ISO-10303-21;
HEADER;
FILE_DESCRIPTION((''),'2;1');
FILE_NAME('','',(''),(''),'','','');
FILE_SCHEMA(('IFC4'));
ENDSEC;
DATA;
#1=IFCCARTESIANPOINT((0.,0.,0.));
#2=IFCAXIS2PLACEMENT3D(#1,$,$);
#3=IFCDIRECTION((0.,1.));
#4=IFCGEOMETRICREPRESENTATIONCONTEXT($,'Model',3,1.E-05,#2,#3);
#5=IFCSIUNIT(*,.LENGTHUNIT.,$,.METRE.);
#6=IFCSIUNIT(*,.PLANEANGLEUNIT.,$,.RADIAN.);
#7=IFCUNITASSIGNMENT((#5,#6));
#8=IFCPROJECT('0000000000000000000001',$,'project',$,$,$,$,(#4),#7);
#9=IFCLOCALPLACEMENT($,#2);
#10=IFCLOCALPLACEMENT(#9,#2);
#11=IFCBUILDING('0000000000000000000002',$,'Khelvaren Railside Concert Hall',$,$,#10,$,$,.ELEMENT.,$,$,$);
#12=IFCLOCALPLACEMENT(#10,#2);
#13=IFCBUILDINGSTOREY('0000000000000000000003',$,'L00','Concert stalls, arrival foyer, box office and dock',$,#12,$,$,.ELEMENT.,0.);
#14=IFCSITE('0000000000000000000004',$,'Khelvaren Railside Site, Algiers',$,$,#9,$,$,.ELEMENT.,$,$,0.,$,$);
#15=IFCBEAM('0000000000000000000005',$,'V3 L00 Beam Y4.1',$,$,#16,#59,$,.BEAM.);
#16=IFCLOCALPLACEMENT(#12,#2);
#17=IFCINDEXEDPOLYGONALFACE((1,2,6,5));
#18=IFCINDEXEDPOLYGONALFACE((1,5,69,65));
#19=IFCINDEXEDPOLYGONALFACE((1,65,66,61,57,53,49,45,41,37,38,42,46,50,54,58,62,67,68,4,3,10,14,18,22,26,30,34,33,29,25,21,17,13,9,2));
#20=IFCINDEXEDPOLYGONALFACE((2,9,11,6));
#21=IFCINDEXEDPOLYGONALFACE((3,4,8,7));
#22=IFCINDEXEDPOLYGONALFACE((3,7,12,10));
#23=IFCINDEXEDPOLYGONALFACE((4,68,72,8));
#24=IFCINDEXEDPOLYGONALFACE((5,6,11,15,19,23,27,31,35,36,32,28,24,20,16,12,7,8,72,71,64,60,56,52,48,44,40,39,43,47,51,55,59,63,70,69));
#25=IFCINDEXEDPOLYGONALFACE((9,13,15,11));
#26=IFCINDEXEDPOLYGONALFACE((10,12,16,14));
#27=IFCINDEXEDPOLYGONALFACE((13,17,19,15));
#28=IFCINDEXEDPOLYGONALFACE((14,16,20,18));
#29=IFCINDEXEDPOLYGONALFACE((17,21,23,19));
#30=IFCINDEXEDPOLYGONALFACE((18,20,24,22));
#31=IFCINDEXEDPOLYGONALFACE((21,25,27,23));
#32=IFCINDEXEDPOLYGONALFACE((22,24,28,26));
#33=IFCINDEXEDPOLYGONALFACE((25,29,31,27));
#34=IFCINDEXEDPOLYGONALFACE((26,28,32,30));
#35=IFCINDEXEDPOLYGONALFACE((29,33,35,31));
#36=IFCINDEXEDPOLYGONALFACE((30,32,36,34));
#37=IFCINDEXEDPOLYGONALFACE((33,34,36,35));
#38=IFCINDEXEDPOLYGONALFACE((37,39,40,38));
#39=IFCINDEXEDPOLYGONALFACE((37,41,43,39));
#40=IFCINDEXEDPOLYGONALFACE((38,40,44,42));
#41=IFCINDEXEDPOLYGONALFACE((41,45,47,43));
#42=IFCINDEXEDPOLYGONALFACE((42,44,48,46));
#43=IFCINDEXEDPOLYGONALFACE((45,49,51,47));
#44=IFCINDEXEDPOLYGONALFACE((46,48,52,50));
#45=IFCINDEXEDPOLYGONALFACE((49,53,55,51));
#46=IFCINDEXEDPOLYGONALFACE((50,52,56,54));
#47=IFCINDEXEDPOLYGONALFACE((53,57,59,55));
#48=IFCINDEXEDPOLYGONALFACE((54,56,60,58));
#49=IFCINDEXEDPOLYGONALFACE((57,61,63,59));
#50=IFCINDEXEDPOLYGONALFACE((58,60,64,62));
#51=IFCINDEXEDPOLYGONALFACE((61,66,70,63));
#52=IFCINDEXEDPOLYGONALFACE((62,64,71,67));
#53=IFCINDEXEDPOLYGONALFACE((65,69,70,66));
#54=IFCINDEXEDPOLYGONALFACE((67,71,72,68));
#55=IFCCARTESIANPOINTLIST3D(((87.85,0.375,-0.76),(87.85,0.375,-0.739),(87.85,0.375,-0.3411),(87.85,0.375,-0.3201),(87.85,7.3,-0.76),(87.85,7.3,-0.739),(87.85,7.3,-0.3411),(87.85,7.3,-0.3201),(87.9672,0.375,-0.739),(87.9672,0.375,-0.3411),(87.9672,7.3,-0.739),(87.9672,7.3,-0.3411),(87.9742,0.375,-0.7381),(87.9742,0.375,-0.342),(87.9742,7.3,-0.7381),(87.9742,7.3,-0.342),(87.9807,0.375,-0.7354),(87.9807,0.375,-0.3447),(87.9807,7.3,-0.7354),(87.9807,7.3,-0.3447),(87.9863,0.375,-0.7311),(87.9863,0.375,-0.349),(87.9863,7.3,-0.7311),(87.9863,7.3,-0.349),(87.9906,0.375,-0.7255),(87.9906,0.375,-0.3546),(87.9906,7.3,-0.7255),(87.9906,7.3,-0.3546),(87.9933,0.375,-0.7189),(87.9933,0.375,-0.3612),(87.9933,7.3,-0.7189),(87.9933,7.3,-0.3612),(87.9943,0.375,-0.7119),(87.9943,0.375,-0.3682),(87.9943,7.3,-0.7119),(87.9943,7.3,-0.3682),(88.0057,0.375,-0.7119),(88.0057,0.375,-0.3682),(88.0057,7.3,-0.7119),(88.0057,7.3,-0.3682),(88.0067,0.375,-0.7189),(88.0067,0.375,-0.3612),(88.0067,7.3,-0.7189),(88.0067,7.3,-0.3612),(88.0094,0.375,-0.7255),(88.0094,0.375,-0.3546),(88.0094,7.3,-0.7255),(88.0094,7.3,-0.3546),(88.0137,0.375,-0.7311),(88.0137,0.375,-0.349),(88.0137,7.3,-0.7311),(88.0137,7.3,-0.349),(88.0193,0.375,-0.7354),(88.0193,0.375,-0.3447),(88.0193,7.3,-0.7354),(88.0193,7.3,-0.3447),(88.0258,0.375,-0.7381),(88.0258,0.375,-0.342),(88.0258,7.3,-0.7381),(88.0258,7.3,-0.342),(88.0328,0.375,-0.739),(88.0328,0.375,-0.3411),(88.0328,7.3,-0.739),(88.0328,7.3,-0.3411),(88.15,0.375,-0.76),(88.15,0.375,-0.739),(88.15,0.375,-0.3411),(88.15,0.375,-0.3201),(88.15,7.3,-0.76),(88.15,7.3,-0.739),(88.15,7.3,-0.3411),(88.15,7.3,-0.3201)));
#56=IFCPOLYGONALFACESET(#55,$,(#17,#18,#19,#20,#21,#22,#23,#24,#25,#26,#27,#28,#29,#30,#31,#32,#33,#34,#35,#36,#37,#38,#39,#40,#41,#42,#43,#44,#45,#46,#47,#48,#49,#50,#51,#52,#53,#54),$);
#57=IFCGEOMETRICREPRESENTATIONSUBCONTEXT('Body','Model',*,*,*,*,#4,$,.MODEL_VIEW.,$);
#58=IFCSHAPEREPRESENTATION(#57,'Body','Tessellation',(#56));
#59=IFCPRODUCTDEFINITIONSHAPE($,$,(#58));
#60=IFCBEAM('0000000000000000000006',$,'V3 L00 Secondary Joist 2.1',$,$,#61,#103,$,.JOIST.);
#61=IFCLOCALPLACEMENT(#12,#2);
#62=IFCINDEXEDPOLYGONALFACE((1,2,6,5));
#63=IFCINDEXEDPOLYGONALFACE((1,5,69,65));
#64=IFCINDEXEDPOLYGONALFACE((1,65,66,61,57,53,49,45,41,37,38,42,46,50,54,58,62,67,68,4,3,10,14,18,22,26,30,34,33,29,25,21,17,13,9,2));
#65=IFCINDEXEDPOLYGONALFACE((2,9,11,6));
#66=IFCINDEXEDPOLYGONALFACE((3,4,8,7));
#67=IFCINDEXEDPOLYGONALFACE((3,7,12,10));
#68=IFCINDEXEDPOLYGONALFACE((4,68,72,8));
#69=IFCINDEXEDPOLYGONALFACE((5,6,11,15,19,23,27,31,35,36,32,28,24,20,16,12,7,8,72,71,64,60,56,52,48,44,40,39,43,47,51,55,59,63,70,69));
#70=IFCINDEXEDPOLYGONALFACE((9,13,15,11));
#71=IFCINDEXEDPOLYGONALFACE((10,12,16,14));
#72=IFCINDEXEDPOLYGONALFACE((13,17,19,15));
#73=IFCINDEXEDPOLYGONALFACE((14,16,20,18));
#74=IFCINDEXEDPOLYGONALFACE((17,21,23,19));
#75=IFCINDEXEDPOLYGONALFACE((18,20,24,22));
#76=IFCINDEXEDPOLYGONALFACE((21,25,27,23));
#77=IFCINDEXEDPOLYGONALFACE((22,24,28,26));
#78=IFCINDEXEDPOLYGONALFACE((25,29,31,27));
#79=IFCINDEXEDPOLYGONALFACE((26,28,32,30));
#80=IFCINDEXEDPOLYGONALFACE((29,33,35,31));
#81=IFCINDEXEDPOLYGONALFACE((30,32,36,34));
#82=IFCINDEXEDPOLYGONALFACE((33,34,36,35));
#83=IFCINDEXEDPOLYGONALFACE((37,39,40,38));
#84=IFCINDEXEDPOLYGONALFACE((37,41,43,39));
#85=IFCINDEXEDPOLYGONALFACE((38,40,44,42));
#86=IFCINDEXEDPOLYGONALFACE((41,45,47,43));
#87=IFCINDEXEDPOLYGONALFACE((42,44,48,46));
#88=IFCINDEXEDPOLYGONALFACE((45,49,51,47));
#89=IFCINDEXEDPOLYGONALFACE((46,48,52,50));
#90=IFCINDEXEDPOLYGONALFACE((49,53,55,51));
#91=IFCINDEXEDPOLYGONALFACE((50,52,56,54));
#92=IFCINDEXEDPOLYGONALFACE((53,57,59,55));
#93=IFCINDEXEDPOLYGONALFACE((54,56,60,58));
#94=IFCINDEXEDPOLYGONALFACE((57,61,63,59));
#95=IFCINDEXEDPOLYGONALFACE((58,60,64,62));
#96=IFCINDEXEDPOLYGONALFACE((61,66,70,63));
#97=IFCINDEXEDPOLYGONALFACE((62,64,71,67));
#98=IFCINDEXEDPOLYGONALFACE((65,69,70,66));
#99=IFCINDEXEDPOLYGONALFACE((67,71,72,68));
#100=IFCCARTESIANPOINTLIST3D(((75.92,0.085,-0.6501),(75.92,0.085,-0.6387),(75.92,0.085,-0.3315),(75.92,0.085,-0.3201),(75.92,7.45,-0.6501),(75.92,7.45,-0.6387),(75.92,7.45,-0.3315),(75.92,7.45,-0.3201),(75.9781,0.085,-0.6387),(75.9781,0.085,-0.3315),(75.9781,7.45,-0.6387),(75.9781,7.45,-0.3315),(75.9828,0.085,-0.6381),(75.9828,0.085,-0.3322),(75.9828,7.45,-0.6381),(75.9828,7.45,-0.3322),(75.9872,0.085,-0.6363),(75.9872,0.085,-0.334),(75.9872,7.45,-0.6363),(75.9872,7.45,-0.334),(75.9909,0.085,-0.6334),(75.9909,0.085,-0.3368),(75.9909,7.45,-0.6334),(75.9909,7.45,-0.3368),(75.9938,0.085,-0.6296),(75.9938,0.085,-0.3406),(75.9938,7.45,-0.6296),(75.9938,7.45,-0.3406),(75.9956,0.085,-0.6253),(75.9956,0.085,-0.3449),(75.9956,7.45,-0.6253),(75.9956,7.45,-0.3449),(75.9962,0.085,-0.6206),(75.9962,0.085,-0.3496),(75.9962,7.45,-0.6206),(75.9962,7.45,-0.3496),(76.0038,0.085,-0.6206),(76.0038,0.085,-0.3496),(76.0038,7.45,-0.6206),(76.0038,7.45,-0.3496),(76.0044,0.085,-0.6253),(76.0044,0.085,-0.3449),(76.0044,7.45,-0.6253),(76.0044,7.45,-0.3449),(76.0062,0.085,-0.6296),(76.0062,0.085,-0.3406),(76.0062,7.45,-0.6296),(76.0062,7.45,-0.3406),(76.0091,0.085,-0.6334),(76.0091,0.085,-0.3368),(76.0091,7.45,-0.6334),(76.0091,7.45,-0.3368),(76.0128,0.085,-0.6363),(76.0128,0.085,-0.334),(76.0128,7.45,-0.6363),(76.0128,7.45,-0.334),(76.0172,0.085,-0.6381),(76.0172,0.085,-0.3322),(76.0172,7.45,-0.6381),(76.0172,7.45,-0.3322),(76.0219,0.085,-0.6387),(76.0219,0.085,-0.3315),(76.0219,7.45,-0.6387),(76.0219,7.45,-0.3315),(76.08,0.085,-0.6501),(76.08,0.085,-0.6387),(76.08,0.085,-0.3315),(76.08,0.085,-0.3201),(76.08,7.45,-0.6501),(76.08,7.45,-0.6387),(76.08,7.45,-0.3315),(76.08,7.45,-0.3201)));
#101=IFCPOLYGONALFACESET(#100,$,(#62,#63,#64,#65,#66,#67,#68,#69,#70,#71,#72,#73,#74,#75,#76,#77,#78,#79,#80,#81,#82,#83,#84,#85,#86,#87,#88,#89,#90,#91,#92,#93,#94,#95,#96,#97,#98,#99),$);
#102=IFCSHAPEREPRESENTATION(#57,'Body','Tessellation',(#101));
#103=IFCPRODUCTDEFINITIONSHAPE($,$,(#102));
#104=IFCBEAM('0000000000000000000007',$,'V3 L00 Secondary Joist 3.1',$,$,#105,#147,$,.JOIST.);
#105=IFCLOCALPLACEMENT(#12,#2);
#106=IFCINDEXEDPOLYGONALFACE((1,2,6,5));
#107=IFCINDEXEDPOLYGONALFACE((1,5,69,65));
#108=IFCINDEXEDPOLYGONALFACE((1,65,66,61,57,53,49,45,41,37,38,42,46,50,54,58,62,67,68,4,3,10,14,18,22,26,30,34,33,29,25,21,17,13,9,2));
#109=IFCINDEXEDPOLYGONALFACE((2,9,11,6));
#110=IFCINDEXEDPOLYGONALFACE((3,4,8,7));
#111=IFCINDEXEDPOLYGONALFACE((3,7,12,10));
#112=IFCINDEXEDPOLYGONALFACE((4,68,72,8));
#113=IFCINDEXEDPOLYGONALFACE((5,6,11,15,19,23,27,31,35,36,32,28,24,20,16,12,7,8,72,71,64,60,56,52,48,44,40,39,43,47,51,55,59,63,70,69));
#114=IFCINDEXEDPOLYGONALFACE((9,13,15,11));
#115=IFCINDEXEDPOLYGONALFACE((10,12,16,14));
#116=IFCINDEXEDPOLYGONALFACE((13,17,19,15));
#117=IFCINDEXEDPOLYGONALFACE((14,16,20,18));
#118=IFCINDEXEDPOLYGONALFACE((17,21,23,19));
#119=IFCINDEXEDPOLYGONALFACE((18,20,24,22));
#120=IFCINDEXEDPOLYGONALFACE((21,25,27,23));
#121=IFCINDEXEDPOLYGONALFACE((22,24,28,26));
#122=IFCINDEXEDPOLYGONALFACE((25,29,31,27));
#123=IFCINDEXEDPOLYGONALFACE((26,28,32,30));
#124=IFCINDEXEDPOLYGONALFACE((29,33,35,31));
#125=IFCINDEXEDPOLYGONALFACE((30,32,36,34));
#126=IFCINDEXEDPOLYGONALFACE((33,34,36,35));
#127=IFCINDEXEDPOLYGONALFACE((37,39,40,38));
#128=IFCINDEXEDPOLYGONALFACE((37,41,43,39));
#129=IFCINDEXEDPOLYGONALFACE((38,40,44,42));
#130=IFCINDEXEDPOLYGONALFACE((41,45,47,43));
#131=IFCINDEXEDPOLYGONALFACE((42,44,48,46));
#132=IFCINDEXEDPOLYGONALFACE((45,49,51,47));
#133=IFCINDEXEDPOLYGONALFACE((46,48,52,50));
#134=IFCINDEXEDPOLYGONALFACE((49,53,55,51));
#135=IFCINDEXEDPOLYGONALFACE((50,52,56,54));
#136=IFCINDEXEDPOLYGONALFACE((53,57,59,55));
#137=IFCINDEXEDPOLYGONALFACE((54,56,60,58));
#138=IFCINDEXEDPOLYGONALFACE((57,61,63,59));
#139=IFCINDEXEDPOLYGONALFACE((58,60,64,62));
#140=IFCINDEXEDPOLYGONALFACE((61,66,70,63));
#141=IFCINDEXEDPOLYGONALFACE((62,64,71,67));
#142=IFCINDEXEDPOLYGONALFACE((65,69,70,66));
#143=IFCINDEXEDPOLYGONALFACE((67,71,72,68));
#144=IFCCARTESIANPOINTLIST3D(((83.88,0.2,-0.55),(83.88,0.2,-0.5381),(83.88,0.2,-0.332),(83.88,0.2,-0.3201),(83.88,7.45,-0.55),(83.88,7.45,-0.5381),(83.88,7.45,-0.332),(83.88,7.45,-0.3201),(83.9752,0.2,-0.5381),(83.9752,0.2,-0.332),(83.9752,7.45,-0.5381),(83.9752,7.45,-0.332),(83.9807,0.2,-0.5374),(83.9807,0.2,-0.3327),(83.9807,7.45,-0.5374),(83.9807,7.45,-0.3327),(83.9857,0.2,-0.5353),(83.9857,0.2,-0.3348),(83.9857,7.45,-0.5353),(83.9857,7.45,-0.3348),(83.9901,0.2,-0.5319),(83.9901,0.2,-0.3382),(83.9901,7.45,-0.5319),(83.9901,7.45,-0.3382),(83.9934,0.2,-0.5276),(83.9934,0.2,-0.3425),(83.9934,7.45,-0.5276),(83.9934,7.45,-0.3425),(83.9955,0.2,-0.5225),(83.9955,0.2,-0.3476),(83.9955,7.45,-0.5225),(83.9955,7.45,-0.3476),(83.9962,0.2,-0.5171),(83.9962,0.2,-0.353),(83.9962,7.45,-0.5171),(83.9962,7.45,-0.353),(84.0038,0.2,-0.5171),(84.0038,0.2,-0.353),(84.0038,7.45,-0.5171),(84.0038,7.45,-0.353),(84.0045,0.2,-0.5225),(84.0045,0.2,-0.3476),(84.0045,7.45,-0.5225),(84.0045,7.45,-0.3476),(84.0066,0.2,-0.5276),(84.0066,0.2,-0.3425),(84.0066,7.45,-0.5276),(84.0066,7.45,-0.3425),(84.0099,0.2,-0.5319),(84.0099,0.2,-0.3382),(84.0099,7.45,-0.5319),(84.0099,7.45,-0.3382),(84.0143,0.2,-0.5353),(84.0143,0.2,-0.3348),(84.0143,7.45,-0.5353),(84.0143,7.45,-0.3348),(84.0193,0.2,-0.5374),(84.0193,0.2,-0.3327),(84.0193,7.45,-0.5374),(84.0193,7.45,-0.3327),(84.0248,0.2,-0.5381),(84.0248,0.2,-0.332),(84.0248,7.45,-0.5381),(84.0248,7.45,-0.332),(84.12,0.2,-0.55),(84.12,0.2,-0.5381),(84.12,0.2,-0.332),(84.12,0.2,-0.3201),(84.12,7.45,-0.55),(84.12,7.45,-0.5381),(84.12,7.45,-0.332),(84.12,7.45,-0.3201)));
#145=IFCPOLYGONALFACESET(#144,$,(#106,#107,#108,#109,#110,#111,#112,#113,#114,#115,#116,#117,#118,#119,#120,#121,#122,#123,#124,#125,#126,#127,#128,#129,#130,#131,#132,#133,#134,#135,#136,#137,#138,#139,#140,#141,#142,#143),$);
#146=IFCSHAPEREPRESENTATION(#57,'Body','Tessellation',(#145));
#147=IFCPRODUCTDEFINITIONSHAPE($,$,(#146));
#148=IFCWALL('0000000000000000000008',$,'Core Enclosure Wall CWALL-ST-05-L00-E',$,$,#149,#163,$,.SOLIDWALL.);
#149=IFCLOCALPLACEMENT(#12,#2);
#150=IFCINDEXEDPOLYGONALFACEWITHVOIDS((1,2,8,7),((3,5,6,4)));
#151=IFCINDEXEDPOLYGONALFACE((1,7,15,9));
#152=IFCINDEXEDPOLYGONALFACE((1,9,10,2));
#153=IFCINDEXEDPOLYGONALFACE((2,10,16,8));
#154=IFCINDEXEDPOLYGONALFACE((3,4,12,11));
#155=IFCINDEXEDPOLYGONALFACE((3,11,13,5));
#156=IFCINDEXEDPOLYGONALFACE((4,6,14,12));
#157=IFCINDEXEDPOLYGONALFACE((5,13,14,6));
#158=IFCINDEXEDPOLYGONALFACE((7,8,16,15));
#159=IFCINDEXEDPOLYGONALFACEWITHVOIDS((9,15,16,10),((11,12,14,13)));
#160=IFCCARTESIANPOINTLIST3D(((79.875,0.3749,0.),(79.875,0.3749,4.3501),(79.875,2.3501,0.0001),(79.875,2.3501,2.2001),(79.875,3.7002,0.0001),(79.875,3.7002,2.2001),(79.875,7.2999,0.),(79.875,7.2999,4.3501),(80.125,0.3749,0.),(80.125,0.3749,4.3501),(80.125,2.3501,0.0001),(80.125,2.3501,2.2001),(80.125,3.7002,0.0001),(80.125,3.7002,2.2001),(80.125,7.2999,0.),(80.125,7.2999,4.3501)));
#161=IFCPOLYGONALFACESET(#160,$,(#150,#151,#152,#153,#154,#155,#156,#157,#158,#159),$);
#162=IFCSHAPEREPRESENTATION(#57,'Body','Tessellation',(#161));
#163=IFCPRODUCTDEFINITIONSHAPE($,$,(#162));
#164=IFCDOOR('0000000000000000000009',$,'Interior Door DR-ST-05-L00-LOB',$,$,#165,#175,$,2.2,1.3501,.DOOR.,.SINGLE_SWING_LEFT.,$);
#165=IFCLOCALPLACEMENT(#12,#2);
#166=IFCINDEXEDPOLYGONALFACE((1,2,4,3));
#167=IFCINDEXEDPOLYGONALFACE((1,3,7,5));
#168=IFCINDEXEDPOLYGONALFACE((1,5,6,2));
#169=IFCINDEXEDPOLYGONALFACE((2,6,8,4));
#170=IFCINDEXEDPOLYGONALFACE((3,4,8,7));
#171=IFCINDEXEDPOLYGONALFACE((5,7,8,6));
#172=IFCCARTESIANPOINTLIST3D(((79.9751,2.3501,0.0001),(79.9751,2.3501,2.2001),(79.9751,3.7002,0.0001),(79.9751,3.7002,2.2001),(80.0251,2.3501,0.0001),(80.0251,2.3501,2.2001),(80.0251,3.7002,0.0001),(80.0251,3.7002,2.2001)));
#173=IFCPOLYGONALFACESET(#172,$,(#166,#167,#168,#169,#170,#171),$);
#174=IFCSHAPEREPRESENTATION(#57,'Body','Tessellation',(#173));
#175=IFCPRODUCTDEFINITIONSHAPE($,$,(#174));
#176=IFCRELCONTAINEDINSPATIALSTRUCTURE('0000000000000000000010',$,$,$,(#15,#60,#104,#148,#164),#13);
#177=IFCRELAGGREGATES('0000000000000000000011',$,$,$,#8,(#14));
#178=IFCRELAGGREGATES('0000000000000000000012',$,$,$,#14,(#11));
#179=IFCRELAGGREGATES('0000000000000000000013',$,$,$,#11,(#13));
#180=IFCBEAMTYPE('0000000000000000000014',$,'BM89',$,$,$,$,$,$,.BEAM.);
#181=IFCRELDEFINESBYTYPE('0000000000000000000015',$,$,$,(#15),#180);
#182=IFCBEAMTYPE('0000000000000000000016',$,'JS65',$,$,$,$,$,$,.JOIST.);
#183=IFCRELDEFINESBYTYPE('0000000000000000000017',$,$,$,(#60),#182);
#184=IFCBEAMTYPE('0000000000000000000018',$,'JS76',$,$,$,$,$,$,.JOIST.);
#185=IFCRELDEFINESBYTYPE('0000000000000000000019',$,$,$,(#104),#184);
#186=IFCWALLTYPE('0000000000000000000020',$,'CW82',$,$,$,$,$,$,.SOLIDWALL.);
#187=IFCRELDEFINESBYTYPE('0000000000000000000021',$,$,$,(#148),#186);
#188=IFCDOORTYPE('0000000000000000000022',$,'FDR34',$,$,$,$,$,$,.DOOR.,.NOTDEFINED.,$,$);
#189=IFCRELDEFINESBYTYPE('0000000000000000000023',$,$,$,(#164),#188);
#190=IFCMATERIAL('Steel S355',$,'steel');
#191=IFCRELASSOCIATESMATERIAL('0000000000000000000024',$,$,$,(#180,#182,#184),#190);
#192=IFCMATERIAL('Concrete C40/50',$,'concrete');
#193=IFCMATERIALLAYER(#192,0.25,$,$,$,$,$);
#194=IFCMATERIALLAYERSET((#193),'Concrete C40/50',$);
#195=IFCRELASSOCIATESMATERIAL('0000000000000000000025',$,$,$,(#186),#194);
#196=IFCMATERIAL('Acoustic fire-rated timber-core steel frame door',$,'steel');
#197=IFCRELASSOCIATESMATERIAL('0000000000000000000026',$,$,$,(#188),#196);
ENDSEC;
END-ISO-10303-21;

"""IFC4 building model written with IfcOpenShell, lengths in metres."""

from ifc_helpers import new_model, si_unit, direction, frame, frame_2d, origin, origin_2d, place, context, subcontext, project, spatial, rectangle, i_section, extrude, material, layer, layer_set, material_profile, profile_set, type_object, element, fill, save


model = new_model("IFC4")

# Units and contexts
model_context = context("Model", 3, precision=1e-05, world=origin(), true_north=direction((0.0, 1.0)))
body_context = subcontext(model_context, "Body", "Model", "MODEL_VIEW")
ifc_project = project(units=[si_unit("LENGTHUNIT", "METRE"), si_unit("PLANEANGLEUNIT", "RADIAN")], contexts=[model_context])

# Site, building, storey
site_placement = place(None, origin())
site = spatial("IfcSite", under=ifc_project, at=site_placement, Name="Khelvaren Railside Site, Algiers", CompositionType="ELEMENT", RefElevation=0.0)
building_placement = place(site_placement, origin())
building = spatial("IfcBuilding", under=site, at=building_placement, Name="Khelvaren Railside Concert Hall", CompositionType="ELEMENT")
storey_placement = place(building_placement, origin())
storey = spatial("IfcBuildingStorey", under=building, at=storey_placement, Name="L00", Description="Concert stalls, arrival foyer, box office and dock", CompositionType="ELEMENT", Elevation=0.0)

# Beams
ifc_material_1 = material(Name="Steel S355", Category="steel")
ifc_material_profile_1 = material_profile(ifc_material_1, i_section(OverallWidth=0.3, OverallDepth=0.4399, WebThickness=0.0115, FlangeThickness=0.021, FilletRadius=0.0271, at=origin_2d()), Name="HEA 450")
ifc_profile_set_1 = profile_set([ifc_material_profile_1], Name="Steel S355")
beam_type_1 = type_object("IfcBeamType", Name="BM89", PredefinedType="BEAM", material=ifc_profile_set_1)
beam_1_placement = place(storey_placement, frame((88.0, 0.375, -0.54), z_axis=(0.0, 1.0, 0.0), x_axis=(-1.0, 0.0, 0.0)))
element("IfcBeam", 1, at=beam_1_placement, inside=storey, type_object=beam_type_1, Name="V3 L00 Beam Y4.1", PredefinedType="BEAM", context=body_context, shape_type="SweptSolid", body=[
    extrude(i_section(OverallWidth=0.3, OverallDepth=0.4399, WebThickness=0.0115, FlangeThickness=0.021, FilletRadius=0.0271, at=origin_2d()), origin(), (0.0, 0.0, 1.0), 6.925),
])
ifc_material_profile_2 = material_profile(ifc_material_1, i_section(OverallWidth=0.1599, OverallDepth=0.3301, WebThickness=0.0076, FlangeThickness=0.0115, FilletRadius=0.0181, at=origin_2d()), Name="IPE 330")
ifc_profile_set_2 = profile_set([ifc_material_profile_2], Name="Steel S355")
beam_type_2 = type_object("IfcBeamType", Name="JS65", PredefinedType="JOIST", material=ifc_profile_set_2)
beam_2_placement = place(storey_placement, frame((76.0, 0.085, -0.4851), z_axis=(0.0, 1.0, 0.0), x_axis=(-1.0, 0.0, 0.0)))
element("IfcBeam", 2, at=beam_2_placement, inside=storey, type_object=beam_type_2, Name="V3 L00 Secondary Joist 2.1", PredefinedType="JOIST", context=body_context, shape_type="SweptSolid", body=[
    extrude(i_section(OverallWidth=0.1599, OverallDepth=0.3301, WebThickness=0.0076, FlangeThickness=0.0115, FilletRadius=0.0181, at=origin_2d()), origin(), (0.0, 0.0, 1.0), 7.365),
])
ifc_material_profile_3 = material_profile(ifc_material_1, i_section(OverallWidth=0.24, OverallDepth=0.23, WebThickness=0.0076, FlangeThickness=0.012, FilletRadius=0.021, at=origin_2d()), Name="HEA 240")
ifc_profile_set_3 = profile_set([ifc_material_profile_3], Name="Steel S355")
beam_type_3 = type_object("IfcBeamType", Name="JS76", PredefinedType="JOIST", material=ifc_profile_set_3)
beam_3_placement = place(storey_placement, frame((84.0, 0.2, -0.4351), z_axis=(0.0, 1.0, 0.0), x_axis=(-1.0, 0.0, 0.0)))
element("IfcBeam", 3, at=beam_3_placement, inside=storey, type_object=beam_type_3, Name="V3 L00 Secondary Joist 3.1", PredefinedType="JOIST", context=body_context, shape_type="SweptSolid", body=[
    extrude(i_section(OverallWidth=0.24, OverallDepth=0.23, WebThickness=0.0076, FlangeThickness=0.012, FilletRadius=0.021, at=origin_2d()), origin(), (0.0, 0.0, 1.0), 7.25),
])

# Wall, opening, door
ifc_material_2 = material(Name="Concrete C40/50", Category="concrete")
ifc_layer_1 = layer(ifc_material_2, 0.25)
ifc_layer_set_1 = layer_set([ifc_layer_1], Name="Concrete C40/50")
wall_type_1 = type_object("IfcWallType", Name="CW82", PredefinedType="SOLIDWALL", material=ifc_layer_set_1)
wall_1_placement = place(storey_placement, frame((80.0, 0.375, 0.0), z_axis=(0.0, 0.0, 1.0), x_axis=(0.0, 1.0, 0.0)))
wall_1 = element("IfcWall", 4, at=wall_1_placement, inside=storey, type_object=wall_type_1, Name="Core Enclosure Wall CWALL-ST-05-L00-E", PredefinedType="SOLIDWALL", context=body_context, shape_type="SweptSolid", body=[
    extrude(rectangle(XDim=6.925, YDim=0.25, at=frame_2d((3.4624, 0.0))), origin(), (0.0, 0.0, 1.0), 4.3501),
])
opening_1_placement = place(wall_1_placement, frame((1.9751, 0.0, 0.0)))
opening_1 = element("IfcOpeningElement", 5, at=opening_1_placement, cuts=wall_1, PredefinedType="OPENING", context=body_context, shape_type="SweptSolid", body=[
    extrude(rectangle(XDim=1.3501, YDim=2.2, at=frame_2d((0.675, 1.1001))), frame((0.0, 0.135, 0.0), z_axis=(0.0, -1.0, 0.0), x_axis=(1.0, 0.0, 0.0)), (0.0, 0.0, 1.0), 0.27),
])
ifc_material_3 = material(Name="Acoustic fire-rated timber-core steel frame door", Category="steel")
door_type_1 = type_object("IfcDoorType", Name="FDR34", OperationType="NOTDEFINED", PredefinedType="DOOR", material=ifc_material_3)
door_1_placement = place(opening_1_placement, origin())
door_1 = element("IfcDoor", 6, at=door_1_placement, inside=storey, type_object=door_type_1, Name="Interior Door DR-ST-05-L00-LOB", OperationType="SINGLE_SWING_LEFT", OverallHeight=2.2, OverallWidth=1.3501, PredefinedType="DOOR", context=body_context, shape_type="SweptSolid", body=[
    extrude(rectangle(XDim=1.3501, YDim=2.2, at=frame_2d((0.675, 1.1001))), frame((0.0, 0.0249, 0.0), z_axis=(0.0, -1.0, 0.0), x_axis=(1.0, 0.0, 0.0)), (0.0, 0.0, 1.0), 0.05),
])
fill(opening_1, door_1)

save(model, "model.ifc")
